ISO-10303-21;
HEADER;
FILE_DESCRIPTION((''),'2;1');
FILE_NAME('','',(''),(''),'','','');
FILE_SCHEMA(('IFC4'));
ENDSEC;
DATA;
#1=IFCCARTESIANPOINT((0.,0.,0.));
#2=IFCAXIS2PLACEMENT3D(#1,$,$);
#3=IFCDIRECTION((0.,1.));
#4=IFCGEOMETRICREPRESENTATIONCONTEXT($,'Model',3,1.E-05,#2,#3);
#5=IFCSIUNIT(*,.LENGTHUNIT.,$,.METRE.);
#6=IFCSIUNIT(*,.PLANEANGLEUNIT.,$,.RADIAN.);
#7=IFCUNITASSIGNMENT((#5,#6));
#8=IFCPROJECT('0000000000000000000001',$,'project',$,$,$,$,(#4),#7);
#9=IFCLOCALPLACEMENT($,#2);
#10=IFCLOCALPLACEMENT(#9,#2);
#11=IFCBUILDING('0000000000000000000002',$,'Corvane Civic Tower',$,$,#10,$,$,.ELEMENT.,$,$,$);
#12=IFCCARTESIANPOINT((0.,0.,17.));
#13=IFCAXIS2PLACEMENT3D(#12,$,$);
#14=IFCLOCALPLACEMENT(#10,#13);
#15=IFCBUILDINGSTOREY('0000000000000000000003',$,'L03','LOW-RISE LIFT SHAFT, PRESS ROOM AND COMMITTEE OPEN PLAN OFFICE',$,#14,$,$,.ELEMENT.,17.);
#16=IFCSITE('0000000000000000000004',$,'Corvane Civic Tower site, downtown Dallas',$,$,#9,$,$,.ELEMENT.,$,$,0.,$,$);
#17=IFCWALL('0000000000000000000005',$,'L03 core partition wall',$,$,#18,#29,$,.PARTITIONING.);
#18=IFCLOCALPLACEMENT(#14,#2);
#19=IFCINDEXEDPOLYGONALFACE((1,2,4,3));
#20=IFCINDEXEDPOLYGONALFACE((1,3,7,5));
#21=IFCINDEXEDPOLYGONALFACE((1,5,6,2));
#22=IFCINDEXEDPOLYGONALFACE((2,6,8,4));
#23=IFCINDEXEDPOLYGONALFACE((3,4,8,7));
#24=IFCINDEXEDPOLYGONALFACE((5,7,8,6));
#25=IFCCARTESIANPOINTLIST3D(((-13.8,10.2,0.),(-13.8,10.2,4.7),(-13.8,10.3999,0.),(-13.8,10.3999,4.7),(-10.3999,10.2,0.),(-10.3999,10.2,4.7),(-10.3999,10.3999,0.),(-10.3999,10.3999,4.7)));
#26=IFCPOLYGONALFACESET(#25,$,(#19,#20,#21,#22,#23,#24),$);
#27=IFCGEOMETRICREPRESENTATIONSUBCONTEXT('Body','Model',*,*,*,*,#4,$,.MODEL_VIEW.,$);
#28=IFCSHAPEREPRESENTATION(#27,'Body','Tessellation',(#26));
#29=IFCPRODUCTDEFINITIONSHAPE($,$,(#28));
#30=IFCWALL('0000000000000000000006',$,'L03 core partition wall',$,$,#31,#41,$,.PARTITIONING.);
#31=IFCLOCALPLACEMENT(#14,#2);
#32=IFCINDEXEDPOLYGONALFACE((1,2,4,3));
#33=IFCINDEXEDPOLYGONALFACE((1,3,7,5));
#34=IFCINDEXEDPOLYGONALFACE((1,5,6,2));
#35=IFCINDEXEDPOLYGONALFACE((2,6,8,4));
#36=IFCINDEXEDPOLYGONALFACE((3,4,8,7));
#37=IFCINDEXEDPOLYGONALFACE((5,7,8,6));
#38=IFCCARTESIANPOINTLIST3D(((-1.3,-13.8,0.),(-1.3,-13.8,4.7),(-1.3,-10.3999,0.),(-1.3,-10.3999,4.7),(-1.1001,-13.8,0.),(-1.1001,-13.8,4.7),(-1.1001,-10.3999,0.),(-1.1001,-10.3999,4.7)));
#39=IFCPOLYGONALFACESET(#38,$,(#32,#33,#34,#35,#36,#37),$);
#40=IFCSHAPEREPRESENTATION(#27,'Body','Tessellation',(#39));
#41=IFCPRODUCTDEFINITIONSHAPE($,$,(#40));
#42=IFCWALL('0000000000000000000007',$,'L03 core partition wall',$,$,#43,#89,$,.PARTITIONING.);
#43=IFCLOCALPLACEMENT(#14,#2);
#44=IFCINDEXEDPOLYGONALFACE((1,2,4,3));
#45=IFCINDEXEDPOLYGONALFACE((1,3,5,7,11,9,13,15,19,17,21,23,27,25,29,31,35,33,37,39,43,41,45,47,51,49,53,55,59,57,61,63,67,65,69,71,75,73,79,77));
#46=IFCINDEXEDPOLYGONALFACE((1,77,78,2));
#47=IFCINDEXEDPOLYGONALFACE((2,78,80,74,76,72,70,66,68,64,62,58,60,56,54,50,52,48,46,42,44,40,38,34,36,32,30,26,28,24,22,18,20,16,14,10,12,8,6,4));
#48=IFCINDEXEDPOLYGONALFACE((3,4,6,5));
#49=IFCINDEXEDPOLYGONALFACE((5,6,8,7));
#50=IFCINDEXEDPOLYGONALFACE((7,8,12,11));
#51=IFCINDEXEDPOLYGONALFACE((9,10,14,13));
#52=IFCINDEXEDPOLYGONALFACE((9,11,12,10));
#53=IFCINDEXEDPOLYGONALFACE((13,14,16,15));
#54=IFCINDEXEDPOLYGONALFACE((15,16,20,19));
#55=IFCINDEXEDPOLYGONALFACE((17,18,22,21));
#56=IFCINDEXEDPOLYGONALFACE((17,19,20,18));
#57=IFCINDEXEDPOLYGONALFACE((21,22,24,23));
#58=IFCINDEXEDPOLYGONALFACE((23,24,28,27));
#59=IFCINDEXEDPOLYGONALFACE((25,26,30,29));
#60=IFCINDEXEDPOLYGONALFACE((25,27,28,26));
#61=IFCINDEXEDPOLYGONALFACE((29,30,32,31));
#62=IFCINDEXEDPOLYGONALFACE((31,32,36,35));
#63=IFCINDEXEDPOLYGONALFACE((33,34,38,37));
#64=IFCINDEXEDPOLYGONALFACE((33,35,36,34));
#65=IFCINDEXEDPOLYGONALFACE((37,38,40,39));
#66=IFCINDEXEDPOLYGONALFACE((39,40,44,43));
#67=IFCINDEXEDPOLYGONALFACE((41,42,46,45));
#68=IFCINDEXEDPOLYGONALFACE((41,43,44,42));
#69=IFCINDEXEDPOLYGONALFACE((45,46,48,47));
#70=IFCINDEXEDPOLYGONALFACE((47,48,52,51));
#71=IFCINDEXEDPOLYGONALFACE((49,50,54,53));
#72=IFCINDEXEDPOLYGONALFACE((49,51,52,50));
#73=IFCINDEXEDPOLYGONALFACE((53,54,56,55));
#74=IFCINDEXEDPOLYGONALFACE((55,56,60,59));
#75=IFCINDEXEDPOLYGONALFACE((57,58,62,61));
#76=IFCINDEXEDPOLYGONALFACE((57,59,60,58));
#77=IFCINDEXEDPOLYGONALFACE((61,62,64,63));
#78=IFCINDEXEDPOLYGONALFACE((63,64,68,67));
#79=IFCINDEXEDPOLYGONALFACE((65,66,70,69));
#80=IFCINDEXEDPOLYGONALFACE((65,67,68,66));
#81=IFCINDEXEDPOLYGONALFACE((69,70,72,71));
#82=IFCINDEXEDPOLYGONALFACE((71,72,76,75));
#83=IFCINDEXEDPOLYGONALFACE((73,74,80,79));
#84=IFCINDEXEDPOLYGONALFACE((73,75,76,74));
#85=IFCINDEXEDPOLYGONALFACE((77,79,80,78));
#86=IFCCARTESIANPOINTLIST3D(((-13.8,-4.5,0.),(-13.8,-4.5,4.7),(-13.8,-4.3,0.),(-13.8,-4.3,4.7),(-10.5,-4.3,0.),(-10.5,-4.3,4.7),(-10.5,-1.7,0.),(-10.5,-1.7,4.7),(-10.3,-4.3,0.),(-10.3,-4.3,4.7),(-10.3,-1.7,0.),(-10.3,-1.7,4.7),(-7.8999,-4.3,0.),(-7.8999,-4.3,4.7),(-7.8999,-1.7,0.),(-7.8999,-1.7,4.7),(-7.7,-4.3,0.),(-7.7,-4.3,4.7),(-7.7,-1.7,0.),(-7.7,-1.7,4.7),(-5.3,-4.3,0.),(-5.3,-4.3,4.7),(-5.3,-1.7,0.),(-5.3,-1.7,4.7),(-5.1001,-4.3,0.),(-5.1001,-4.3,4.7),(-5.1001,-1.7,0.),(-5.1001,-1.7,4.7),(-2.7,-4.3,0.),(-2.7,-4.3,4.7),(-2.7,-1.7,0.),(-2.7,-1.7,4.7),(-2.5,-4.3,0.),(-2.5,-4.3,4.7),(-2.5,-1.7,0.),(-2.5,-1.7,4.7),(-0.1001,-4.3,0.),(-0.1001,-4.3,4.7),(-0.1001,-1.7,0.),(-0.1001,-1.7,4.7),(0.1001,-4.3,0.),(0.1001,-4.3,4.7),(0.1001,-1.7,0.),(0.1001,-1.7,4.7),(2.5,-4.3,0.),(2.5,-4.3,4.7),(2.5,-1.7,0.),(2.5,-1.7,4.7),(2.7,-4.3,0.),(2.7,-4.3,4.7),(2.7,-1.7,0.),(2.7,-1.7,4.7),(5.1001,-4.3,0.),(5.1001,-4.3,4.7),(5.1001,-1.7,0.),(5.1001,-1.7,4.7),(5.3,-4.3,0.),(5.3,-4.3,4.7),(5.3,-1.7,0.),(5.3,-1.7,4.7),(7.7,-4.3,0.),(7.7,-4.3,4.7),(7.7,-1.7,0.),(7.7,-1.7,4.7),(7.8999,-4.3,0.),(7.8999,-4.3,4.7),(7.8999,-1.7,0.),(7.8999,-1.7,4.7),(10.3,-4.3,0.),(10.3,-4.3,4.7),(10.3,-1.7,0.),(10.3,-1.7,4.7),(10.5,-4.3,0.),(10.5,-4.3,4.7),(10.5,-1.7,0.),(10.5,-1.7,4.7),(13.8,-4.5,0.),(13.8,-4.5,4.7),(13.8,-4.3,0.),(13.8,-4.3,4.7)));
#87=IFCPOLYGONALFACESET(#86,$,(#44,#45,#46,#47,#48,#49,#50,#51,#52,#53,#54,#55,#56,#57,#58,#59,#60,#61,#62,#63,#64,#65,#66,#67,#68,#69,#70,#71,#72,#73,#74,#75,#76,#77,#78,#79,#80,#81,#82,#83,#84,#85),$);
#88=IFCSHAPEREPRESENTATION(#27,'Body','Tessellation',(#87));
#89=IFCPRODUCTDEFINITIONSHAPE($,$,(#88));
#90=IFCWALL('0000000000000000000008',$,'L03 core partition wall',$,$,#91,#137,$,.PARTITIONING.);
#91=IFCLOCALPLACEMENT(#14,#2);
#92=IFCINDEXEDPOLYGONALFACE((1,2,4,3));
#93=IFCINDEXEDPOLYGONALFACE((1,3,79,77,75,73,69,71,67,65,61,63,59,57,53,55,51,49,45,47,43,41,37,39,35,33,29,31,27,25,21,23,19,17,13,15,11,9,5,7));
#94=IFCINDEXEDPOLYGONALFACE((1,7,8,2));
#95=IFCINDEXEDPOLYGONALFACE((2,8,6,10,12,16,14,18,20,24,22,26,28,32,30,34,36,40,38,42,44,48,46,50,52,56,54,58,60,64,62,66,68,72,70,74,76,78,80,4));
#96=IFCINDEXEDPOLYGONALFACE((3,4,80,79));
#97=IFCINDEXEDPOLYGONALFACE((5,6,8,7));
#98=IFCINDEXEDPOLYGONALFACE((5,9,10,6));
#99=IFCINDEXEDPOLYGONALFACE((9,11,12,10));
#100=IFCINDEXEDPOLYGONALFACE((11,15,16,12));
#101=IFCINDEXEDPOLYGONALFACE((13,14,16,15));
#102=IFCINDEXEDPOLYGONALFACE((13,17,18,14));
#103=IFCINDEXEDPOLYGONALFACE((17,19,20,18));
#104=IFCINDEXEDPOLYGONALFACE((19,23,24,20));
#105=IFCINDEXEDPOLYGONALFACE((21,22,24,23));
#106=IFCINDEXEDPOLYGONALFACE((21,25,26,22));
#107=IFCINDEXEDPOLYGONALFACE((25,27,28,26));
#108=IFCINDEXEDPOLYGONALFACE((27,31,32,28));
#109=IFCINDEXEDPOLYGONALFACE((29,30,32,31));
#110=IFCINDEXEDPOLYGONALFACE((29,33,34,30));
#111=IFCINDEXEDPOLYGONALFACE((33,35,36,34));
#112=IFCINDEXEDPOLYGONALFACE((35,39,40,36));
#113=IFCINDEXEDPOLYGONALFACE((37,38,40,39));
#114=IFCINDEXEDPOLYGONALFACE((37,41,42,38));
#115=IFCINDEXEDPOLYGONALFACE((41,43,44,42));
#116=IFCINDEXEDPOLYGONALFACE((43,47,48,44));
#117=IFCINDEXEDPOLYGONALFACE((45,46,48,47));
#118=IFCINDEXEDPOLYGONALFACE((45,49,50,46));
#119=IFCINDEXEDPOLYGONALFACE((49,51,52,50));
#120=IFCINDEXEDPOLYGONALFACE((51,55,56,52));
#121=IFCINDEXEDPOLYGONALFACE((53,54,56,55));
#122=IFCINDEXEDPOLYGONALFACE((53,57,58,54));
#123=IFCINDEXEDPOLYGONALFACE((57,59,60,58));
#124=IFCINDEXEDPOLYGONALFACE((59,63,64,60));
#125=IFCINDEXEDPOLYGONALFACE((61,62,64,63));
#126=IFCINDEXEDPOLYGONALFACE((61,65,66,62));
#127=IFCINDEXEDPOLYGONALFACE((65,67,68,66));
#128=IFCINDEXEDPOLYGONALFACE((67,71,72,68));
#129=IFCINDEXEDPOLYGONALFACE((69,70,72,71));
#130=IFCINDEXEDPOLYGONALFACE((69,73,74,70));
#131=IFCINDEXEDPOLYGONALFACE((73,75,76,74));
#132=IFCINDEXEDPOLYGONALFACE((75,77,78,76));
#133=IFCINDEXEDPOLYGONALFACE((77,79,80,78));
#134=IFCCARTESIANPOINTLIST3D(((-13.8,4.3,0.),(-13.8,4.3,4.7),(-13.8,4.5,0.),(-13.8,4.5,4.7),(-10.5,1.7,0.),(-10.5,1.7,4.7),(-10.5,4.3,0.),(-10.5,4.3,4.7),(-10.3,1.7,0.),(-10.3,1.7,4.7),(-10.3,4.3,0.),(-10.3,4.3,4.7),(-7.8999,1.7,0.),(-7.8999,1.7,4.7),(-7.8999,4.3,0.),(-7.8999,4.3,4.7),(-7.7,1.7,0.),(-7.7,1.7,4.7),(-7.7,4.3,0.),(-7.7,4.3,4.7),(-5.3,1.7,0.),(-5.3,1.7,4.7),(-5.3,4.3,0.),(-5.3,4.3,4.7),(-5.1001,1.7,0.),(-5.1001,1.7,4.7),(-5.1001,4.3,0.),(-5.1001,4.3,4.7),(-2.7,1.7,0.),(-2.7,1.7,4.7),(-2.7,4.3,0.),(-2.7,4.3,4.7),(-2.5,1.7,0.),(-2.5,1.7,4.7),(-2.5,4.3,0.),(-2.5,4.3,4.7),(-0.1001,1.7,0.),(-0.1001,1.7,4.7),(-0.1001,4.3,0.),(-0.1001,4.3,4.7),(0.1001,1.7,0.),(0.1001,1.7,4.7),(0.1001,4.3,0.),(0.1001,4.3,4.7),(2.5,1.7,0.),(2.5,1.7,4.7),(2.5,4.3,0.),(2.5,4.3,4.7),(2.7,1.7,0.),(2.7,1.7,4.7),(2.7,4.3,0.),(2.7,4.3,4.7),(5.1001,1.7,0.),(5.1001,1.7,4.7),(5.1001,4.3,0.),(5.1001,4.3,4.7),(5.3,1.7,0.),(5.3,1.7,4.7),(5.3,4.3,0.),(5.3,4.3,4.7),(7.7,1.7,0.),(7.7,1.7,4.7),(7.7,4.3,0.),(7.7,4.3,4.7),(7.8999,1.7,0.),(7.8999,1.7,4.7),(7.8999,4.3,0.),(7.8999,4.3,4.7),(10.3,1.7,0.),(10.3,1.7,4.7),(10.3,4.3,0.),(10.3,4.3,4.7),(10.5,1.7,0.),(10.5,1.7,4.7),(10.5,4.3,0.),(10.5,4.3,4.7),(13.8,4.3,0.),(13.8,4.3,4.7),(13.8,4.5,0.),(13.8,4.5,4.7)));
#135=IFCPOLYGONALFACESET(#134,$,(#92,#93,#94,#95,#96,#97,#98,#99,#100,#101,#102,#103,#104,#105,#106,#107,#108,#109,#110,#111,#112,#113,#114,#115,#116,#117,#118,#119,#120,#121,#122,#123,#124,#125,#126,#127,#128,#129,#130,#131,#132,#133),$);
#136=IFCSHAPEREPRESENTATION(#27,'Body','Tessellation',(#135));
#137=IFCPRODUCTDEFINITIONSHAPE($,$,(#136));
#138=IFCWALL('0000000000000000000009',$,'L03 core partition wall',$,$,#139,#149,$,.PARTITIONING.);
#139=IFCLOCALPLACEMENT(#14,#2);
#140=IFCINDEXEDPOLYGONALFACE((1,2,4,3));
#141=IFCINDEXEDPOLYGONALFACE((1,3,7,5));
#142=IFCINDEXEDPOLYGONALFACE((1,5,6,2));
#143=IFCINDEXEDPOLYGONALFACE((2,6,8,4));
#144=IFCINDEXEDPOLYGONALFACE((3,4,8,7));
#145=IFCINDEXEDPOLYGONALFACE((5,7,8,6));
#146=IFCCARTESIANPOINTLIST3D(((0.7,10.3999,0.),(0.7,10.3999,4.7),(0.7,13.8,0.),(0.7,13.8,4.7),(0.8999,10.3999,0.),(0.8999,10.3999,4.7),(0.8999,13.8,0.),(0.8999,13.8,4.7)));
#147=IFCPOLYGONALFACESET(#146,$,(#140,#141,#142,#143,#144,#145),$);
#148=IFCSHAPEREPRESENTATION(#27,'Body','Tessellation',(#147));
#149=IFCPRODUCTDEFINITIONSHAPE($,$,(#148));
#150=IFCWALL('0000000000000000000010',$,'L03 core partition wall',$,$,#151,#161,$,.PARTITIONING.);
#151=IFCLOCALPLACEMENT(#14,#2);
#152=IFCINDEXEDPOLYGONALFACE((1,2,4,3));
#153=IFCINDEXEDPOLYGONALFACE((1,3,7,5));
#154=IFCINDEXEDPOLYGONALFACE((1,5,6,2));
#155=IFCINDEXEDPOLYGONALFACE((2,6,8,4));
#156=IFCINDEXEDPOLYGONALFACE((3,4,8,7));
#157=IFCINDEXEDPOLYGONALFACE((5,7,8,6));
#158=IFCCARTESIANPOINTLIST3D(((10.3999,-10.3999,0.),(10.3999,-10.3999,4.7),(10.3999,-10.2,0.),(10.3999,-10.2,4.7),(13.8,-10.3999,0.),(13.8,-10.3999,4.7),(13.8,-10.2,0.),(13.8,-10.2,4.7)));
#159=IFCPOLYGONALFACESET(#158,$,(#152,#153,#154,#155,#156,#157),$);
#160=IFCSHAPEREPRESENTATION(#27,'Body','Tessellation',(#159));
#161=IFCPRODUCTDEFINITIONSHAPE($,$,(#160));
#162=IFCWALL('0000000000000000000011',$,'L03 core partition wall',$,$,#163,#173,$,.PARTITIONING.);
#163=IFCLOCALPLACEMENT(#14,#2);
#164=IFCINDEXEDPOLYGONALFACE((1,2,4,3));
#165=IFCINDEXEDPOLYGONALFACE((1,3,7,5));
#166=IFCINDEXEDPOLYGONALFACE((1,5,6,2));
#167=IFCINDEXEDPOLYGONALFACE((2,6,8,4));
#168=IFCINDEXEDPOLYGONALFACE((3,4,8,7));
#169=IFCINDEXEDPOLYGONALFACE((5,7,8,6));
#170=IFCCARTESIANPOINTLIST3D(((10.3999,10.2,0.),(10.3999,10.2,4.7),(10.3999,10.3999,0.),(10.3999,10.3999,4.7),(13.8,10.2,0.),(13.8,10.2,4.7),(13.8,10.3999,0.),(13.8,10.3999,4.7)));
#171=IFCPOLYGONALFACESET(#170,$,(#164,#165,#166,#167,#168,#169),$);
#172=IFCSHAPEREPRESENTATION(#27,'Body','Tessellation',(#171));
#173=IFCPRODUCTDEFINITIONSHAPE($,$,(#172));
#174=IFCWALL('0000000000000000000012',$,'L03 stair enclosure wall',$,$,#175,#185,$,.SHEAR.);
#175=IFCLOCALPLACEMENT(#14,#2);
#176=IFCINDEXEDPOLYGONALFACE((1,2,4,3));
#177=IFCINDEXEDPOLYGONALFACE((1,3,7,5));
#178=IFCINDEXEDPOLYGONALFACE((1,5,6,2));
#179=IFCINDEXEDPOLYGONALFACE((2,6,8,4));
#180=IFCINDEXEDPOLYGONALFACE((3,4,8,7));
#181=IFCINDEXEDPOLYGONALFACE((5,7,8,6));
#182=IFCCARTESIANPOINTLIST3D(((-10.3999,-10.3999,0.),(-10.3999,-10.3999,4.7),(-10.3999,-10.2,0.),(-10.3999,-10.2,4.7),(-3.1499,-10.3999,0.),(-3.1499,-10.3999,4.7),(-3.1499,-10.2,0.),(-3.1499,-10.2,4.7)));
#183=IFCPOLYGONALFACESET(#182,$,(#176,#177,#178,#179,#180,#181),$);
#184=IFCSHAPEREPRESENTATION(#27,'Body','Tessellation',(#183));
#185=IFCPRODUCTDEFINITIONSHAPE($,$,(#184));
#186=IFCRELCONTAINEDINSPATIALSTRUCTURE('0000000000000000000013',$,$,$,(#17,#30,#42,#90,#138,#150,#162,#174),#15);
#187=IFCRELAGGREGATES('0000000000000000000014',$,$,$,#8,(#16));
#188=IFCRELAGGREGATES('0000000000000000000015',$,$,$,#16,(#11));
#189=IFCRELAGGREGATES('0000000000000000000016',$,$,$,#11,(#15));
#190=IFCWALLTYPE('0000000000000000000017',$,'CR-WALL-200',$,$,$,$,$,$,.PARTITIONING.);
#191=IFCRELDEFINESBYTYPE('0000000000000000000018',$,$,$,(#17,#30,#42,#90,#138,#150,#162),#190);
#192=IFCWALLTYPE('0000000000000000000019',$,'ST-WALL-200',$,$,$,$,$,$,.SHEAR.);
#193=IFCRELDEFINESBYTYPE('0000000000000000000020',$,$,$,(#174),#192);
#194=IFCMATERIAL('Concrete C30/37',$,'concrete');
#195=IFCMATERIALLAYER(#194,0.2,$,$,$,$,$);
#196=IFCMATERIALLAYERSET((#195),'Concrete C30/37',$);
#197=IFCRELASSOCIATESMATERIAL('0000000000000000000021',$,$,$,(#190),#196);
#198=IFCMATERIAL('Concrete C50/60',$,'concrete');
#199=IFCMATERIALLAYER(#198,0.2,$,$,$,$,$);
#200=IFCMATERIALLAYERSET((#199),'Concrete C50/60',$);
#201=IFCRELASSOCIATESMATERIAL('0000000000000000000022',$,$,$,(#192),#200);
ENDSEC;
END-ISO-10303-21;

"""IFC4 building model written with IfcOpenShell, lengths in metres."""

from ifc_helpers import new_model, si_unit, direction, frame, origin, place, context, subcontext, project, spatial, polyline, outline, extrude, material, layer, layer_set, type_object, element, save


model = new_model("IFC4")

# Units and contexts
model_context = context("Model", 3, precision=1e-05, world=origin(), true_north=direction((0.0, 1.0)))
body_context = subcontext(model_context, "Body", "Model", "MODEL_VIEW")
ifc_project = project(units=[si_unit("LENGTHUNIT", "METRE"), si_unit("PLANEANGLEUNIT", "RADIAN")], contexts=[model_context])

# Site, building, storey
site_placement = place(None, origin())
site = spatial("IfcSite", under=ifc_project, at=site_placement, Name="Corvane Civic Tower site, downtown Dallas", CompositionType="ELEMENT", RefElevation=0.0)
building_placement = place(site_placement, origin())
building = spatial("IfcBuilding", under=site, at=building_placement, Name="Corvane Civic Tower", CompositionType="ELEMENT")
storey_placement = place(building_placement, frame((0.0, 0.0, 17.0)))
storey = spatial("IfcBuildingStorey", under=building, at=storey_placement, Name="L03", Description="LOW-RISE LIFT SHAFT, PRESS ROOM AND COMMITTEE OPEN PLAN OFFICE", CompositionType="ELEMENT", Elevation=17.0)

# Shared definitions
ifc_material_1 = material(Name="Concrete C30/37", Category="concrete")
ifc_layer_1 = layer(ifc_material_1, 0.2)
ifc_layer_set_1 = layer_set([ifc_layer_1], Name="Concrete C30/37")
wall_type_1 = type_object("IfcWallType", Name="CR-WALL-200", PredefinedType="PARTITIONING", material=ifc_layer_set_1)

# Walls
wall_1_placement = place(storey_placement, origin())
element("IfcWall", 1, at=wall_1_placement, inside=storey, type_object=wall_type_1, Name="L03 core partition wall", PredefinedType="PARTITIONING", context=body_context, shape_type="SweptSolid", body=[
    extrude(outline(polyline([(-13.8, 10.2), (-13.8, 10.3999), (-10.3999, 10.3999), (-10.3999, 10.2), (-13.8, 10.2)])), origin(), (0.0, 0.0, 1.0), 4.7),
])
wall_2_placement = place(storey_placement, origin())
element("IfcWall", 2, at=wall_2_placement, inside=storey, type_object=wall_type_1, Name="L03 core partition wall", PredefinedType="PARTITIONING", context=body_context, shape_type="SweptSolid", body=[
    extrude(outline(polyline([(-1.1001, -10.3999), (-1.1001, -13.8), (-1.3, -13.8), (-1.3, -10.3999), (-1.1001, -10.3999)])), origin(), (0.0, 0.0, 1.0), 4.7),
])
wall_3_placement = place(storey_placement, origin())
element("IfcWall", 3, at=wall_3_placement, inside=storey, type_object=wall_type_1, Name="L03 core partition wall", PredefinedType="PARTITIONING", context=body_context, shape_type="SweptSolid", body=[
    extrude(outline(polyline([(-10.5, -1.7), (-10.3, -1.7), (-10.3, -4.3), (-7.8999, -4.3), (-7.8999, -1.7), (-7.7, -1.7), (-7.7, -4.3), (-5.3, -4.3), (-5.3, -1.7), (-5.1001, -1.7), (-5.1001, -4.3), (-2.7, -4.3), (-2.7, -1.7), (-2.5, -1.7), (-2.5, -4.3), (-0.1001, -4.3), (-0.1001, -1.7), (0.1001, -1.7), (0.1001, -4.3), (2.5, -4.3), (2.5, -1.7), (2.7, -1.7), (2.7, -4.3), (5.1001, -4.3), (5.1001, -1.7), (5.3, -1.7), (5.3, -4.3), (7.7, -4.3), (7.7, -1.7), (7.8999, -1.7), (7.8999, -4.3), (10.3, -4.3), (10.3, -1.7), (10.5, -1.7), (10.5, -4.3), (13.8, -4.3), (13.8, -4.5), (-13.8, -4.5), (-13.8, -4.3), (-10.5, -4.3), (-10.5, -1.7)])), origin(), (0.0, 0.0, 1.0), 4.7),
])
wall_4_placement = place(storey_placement, origin())
element("IfcWall", 4, at=wall_4_placement, inside=storey, type_object=wall_type_1, Name="L03 core partition wall", PredefinedType="PARTITIONING", context=body_context, shape_type="SweptSolid", body=[
    extrude(outline(polyline([(-5.1001, 4.3), (-5.1001, 1.7), (-5.3, 1.7), (-5.3, 4.3), (-7.7, 4.3), (-7.7, 1.7), (-7.8999, 1.7), (-7.8999, 4.3), (-10.3, 4.3), (-10.3, 1.7), (-10.5, 1.7), (-10.5, 4.3), (-13.8, 4.3), (-13.8, 4.5), (13.8, 4.5), (13.8, 4.3), (10.5, 4.3), (10.5, 1.7), (10.3, 1.7), (10.3, 4.3), (7.8999, 4.3), (7.8999, 1.7), (7.7, 1.7), (7.7, 4.3), (5.3, 4.3), (5.3, 1.7), (5.1001, 1.7), (5.1001, 4.3), (2.7, 4.3), (2.7, 1.7), (2.5, 1.7), (2.5, 4.3), (0.1001, 4.3), (0.1001, 1.7), (-0.1001, 1.7), (-0.1001, 4.3), (-2.5, 4.3), (-2.5, 1.7), (-2.7, 1.7), (-2.7, 4.3), (-5.1001, 4.3)])), origin(), (0.0, 0.0, 1.0), 4.7),
])
wall_5_placement = place(storey_placement, origin())
element("IfcWall", 5, at=wall_5_placement, inside=storey, type_object=wall_type_1, Name="L03 core partition wall", PredefinedType="PARTITIONING", context=body_context, shape_type="SweptSolid", body=[
    extrude(outline(polyline([(0.8999, 10.3999), (0.7, 10.3999), (0.7, 13.8), (0.8999, 13.8), (0.8999, 10.3999)])), origin(), (0.0, 0.0, 1.0), 4.7),
])
wall_6_placement = place(storey_placement, origin())
element("IfcWall", 6, at=wall_6_placement, inside=storey, type_object=wall_type_1, Name="L03 core partition wall", PredefinedType="PARTITIONING", context=body_context, shape_type="SweptSolid", body=[
    extrude(outline(polyline([(13.8, -10.3999), (10.3999, -10.3999), (10.3999, -10.2), (13.8, -10.2), (13.8, -10.3999)])), origin(), (0.0, 0.0, 1.0), 4.7),
])
wall_7_placement = place(storey_placement, origin())
element("IfcWall", 7, at=wall_7_placement, inside=storey, type_object=wall_type_1, Name="L03 core partition wall", PredefinedType="PARTITIONING", context=body_context, shape_type="SweptSolid", body=[
    extrude(outline(polyline([(10.3999, 10.2), (10.3999, 10.3999), (13.8, 10.3999), (13.8, 10.2), (10.3999, 10.2)])), origin(), (0.0, 0.0, 1.0), 4.7),
])
ifc_material_2 = material(Name="Concrete C50/60", Category="concrete")
ifc_layer_2 = layer(ifc_material_2, 0.2)
ifc_layer_set_2 = layer_set([ifc_layer_2], Name="Concrete C50/60")
wall_type_2 = type_object("IfcWallType", Name="ST-WALL-200", PredefinedType="SHEAR", material=ifc_layer_set_2)
wall_8_placement = place(storey_placement, origin())
element("IfcWall", 8, at=wall_8_placement, inside=storey, type_object=wall_type_2, Name="L03 stair enclosure wall", PredefinedType="SHEAR", context=body_context, shape_type="SweptSolid", body=[
    extrude(outline(polyline([(-3.1499, -10.2), (-3.1499, -10.3999), (-10.3999, -10.3999), (-10.3999, -10.2), (-3.1499, -10.2)])), origin(), (0.0, 0.0, 1.0), 4.7),
])

save(model, "model.ifc")
